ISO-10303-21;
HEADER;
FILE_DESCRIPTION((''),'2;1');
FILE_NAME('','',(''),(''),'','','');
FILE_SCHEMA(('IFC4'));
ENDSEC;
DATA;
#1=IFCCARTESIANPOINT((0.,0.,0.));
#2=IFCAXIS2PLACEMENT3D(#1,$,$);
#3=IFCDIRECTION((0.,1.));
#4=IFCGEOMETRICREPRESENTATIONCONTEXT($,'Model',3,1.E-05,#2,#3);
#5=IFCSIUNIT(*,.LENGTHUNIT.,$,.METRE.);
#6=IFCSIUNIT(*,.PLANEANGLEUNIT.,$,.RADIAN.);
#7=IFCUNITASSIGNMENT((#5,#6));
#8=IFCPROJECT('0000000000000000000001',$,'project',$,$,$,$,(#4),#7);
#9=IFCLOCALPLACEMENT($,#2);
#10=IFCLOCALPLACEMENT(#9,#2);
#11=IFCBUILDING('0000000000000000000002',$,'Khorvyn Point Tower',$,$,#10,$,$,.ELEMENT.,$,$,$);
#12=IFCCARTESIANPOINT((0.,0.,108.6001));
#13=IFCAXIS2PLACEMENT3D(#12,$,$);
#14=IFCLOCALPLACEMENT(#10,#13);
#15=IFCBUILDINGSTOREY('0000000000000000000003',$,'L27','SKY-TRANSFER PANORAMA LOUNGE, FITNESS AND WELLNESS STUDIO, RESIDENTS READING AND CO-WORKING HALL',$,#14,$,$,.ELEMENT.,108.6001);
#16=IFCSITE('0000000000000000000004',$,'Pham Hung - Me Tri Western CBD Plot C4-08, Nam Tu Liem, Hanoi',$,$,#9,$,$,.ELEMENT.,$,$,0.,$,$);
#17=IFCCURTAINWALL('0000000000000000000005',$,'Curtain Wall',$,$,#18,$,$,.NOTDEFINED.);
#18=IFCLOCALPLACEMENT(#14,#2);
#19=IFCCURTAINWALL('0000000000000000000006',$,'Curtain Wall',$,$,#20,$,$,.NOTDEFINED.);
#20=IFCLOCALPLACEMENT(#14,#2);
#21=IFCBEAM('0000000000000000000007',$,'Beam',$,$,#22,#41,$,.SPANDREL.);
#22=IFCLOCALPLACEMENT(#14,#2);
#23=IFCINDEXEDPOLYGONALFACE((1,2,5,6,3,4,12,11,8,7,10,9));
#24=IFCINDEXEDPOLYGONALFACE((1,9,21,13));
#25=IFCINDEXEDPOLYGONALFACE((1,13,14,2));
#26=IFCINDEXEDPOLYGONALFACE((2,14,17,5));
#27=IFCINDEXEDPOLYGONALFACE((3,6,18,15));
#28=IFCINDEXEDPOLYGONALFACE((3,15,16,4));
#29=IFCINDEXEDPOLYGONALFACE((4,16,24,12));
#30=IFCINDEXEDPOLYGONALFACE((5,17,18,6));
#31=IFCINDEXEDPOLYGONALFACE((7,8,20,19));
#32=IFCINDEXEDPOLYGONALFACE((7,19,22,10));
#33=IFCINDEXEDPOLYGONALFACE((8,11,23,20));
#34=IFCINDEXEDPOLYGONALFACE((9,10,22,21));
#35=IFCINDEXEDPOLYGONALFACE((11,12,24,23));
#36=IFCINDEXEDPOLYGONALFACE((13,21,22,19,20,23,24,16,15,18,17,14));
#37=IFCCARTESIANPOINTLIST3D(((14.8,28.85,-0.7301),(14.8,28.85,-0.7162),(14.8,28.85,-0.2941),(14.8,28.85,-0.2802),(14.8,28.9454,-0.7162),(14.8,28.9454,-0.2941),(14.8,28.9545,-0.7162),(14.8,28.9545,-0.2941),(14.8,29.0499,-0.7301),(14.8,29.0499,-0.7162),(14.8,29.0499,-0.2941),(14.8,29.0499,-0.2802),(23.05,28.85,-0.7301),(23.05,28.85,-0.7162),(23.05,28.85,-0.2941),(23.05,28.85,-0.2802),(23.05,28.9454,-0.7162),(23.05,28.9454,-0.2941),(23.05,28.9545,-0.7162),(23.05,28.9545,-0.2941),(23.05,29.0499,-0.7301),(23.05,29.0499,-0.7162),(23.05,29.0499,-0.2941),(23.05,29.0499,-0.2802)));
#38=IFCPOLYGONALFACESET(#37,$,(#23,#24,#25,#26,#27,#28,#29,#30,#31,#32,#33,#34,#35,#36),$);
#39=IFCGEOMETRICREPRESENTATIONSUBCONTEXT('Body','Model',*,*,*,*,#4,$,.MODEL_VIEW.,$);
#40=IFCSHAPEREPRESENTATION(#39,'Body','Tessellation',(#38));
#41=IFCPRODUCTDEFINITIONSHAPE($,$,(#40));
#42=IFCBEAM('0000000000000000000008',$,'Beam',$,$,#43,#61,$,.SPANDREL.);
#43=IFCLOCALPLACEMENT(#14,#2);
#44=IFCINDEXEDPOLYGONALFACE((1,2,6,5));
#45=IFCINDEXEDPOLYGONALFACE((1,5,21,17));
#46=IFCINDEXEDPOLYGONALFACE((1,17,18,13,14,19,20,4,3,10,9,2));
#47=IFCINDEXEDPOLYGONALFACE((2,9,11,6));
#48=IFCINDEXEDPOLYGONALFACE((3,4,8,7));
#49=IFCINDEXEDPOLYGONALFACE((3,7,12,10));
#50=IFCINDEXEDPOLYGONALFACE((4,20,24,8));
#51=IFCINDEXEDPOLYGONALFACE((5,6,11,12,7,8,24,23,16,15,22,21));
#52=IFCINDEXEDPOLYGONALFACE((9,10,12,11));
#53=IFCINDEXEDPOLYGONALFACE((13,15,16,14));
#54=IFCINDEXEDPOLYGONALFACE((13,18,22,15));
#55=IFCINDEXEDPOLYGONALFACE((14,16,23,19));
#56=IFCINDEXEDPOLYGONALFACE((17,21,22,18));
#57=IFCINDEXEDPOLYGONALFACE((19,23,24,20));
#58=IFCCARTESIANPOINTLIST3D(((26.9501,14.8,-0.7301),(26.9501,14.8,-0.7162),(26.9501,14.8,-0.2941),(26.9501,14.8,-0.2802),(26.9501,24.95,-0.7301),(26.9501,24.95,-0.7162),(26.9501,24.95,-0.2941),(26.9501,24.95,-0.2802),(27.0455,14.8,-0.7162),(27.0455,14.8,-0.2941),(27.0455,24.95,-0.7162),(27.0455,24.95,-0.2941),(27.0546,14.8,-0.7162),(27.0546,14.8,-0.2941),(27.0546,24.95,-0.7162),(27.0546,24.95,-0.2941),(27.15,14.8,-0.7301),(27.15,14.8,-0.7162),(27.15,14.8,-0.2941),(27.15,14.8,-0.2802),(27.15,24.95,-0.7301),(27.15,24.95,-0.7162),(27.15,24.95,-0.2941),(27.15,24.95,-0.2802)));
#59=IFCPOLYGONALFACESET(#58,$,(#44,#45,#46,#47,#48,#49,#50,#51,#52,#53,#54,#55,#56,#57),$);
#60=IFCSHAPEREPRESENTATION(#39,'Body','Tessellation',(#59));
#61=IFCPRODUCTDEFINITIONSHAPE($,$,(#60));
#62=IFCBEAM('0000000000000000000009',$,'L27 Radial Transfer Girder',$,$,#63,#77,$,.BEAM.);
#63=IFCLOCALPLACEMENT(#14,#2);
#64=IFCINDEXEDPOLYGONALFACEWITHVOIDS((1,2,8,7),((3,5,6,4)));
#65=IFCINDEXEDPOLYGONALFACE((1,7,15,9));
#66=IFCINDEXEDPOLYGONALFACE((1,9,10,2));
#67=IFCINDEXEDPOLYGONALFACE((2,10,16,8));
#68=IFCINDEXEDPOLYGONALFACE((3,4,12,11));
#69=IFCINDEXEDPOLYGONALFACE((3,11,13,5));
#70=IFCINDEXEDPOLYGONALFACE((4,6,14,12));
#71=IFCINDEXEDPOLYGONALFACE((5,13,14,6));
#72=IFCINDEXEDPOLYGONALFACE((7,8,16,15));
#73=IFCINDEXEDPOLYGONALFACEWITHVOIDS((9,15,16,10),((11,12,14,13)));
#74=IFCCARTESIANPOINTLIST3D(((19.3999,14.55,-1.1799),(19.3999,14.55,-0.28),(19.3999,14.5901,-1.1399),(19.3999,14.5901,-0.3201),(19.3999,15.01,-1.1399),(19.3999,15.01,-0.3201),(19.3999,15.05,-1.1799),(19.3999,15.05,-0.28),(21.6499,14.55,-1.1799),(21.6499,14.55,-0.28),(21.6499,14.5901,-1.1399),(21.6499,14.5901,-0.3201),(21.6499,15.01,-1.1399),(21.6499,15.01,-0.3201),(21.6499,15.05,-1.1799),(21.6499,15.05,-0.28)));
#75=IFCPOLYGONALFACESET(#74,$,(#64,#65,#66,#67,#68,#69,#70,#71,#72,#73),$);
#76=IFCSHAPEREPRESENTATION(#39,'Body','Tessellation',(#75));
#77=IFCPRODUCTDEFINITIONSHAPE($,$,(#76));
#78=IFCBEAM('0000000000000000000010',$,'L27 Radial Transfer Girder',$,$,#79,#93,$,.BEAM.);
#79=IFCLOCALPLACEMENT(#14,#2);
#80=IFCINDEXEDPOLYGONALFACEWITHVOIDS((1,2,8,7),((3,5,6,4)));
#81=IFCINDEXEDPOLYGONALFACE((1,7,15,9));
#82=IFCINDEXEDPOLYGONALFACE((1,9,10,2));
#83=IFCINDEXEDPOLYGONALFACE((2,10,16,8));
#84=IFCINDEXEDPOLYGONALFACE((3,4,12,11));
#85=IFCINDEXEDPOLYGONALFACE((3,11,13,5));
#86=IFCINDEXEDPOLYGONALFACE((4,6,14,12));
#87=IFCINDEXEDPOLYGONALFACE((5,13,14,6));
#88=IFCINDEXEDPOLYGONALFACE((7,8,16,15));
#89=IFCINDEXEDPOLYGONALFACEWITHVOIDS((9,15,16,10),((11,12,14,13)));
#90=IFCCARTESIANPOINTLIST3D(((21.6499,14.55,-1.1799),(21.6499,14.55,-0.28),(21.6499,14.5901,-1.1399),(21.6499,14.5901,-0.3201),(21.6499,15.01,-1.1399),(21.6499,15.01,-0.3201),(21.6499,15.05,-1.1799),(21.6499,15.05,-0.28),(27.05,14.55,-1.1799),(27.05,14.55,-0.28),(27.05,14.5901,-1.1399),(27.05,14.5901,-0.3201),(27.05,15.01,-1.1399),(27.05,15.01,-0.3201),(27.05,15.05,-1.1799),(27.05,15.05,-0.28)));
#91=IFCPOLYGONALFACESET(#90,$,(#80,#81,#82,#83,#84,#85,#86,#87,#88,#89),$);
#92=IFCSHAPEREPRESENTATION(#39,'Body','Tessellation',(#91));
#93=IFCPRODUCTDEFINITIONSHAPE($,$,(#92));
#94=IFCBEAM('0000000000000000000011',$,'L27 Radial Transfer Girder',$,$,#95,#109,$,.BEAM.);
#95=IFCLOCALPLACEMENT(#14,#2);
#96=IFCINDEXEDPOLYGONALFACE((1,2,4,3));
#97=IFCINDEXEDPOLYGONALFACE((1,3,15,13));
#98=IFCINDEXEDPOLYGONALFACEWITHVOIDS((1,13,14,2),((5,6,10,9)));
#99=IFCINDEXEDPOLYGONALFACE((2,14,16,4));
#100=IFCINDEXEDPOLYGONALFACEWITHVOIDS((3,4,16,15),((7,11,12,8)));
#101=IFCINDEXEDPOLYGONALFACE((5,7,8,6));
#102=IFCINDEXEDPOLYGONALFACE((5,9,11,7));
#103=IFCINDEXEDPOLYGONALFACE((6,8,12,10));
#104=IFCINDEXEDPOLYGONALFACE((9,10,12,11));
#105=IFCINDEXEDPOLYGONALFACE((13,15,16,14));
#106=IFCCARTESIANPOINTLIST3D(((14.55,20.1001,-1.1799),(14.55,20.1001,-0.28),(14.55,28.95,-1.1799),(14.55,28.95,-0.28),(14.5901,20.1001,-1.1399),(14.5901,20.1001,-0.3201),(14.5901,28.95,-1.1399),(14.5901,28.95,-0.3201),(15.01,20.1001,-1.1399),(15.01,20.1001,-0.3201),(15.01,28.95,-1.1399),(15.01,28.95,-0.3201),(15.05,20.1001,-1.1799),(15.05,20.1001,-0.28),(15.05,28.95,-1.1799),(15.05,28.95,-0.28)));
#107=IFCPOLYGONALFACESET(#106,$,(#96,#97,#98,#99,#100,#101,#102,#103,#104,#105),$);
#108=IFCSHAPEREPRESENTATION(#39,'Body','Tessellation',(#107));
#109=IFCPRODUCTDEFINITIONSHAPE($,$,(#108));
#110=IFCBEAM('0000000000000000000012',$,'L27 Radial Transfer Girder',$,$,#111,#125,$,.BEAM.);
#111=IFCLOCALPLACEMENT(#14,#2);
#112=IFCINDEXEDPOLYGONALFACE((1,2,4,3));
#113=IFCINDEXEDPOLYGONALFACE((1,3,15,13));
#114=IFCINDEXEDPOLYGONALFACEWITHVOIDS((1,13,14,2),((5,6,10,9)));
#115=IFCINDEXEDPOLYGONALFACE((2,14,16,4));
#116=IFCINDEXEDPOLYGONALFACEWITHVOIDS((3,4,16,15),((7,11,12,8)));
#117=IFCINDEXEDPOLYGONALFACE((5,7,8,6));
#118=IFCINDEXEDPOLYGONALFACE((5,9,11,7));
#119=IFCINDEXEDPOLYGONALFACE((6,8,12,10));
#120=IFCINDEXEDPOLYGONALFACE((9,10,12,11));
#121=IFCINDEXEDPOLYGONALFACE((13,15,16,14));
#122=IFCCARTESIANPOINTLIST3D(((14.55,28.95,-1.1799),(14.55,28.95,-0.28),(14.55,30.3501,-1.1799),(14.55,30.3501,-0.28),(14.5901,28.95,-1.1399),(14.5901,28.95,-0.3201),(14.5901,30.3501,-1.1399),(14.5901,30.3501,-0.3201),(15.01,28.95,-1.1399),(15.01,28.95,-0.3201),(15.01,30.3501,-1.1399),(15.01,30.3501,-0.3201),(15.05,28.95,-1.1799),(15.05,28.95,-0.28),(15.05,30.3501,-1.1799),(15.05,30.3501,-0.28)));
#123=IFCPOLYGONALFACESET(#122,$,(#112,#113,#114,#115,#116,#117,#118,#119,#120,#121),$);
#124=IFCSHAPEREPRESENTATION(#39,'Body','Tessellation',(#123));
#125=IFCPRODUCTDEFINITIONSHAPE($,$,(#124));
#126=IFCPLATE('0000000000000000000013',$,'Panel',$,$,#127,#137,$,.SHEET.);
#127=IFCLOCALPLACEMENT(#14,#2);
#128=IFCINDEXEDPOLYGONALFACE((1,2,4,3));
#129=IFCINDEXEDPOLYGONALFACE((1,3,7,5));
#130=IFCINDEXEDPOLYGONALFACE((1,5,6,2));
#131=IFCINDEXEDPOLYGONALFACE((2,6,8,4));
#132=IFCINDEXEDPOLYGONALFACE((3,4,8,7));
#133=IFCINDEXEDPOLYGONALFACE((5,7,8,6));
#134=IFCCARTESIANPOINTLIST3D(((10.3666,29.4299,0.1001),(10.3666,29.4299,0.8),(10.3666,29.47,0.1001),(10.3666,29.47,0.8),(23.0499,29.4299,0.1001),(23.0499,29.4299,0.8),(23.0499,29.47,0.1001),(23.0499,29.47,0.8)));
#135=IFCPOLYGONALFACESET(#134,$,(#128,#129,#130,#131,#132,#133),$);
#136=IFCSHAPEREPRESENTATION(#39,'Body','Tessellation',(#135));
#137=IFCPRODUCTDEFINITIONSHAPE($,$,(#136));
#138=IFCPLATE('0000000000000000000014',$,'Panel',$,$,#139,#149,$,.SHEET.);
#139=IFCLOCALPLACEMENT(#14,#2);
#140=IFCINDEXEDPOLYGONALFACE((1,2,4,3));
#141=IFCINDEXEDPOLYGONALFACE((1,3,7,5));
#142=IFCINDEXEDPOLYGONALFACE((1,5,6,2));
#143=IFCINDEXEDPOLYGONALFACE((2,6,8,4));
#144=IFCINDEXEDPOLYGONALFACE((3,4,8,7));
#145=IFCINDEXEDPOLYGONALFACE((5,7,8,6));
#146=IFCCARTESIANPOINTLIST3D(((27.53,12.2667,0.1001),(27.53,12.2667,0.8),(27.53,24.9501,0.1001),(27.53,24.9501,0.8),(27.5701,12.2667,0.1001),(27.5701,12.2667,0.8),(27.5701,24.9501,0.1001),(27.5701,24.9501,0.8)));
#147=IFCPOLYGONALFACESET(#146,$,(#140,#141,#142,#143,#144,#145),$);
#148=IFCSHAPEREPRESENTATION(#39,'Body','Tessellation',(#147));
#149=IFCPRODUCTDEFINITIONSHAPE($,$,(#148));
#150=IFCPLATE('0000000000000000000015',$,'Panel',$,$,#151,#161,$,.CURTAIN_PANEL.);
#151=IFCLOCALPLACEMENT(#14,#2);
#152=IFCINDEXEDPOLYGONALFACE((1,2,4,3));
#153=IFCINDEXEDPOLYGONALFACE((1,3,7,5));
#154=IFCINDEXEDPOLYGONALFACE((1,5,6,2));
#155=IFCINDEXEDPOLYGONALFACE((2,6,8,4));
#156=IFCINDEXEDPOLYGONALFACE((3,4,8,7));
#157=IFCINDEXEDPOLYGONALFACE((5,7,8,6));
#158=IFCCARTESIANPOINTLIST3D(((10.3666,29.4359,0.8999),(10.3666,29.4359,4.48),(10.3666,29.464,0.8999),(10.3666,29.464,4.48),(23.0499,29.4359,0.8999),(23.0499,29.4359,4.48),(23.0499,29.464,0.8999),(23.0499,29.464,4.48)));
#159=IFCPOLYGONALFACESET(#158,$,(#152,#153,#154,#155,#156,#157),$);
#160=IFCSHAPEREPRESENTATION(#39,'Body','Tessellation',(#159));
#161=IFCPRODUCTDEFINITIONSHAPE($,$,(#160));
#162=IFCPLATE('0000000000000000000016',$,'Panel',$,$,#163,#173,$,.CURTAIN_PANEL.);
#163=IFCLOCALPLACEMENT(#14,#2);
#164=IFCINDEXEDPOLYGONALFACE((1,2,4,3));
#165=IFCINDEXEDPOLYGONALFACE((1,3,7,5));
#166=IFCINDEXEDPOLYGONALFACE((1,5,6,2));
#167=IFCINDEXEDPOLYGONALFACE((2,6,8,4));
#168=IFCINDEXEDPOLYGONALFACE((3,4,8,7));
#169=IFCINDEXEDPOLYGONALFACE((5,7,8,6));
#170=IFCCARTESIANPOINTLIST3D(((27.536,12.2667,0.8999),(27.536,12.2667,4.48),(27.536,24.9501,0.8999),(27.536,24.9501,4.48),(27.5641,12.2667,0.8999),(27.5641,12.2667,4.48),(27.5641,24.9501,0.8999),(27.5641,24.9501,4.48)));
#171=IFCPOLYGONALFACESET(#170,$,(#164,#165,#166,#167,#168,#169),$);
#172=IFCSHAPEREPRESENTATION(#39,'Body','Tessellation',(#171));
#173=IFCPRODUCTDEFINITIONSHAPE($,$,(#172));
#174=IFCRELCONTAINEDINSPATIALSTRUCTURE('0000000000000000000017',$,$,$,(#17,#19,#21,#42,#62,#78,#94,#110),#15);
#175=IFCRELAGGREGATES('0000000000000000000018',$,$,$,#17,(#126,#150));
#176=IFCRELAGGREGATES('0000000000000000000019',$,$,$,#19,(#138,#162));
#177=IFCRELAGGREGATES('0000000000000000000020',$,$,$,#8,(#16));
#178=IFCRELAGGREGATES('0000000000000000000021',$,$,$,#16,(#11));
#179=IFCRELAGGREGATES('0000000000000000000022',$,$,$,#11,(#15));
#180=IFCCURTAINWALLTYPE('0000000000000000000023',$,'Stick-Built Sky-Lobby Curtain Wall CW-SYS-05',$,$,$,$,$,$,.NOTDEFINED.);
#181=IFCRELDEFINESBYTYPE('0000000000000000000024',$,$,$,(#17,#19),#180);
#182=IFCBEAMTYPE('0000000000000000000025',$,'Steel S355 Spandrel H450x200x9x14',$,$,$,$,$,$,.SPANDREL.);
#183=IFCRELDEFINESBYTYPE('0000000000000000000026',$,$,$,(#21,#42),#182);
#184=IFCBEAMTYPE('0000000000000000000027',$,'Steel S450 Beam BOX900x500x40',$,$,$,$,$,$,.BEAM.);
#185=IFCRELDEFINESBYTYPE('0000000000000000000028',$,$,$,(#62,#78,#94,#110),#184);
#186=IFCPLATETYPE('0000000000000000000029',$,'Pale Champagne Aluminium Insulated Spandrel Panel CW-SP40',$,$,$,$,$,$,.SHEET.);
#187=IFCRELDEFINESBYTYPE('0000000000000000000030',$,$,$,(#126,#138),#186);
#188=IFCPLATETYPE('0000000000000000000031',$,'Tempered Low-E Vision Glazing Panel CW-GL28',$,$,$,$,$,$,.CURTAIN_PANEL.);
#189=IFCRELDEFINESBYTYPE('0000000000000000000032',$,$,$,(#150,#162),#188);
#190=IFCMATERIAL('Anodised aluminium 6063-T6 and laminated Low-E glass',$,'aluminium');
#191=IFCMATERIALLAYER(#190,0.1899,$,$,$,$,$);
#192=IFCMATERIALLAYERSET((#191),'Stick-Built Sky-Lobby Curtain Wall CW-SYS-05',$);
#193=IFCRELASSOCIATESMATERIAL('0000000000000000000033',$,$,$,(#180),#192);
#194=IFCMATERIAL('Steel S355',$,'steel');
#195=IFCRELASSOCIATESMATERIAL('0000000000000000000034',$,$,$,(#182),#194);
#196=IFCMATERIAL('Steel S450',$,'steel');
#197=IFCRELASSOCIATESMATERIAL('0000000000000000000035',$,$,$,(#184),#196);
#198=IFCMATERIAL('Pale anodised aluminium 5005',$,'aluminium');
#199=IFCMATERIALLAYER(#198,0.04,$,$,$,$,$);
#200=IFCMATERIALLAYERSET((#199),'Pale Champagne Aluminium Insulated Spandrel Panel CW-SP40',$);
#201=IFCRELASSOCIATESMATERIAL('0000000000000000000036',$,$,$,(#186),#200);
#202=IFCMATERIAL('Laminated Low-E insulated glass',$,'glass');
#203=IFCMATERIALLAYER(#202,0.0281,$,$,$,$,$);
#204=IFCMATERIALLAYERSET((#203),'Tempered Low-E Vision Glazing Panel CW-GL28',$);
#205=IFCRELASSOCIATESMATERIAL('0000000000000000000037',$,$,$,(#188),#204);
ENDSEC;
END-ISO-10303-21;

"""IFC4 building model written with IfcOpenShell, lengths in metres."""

from ifc_helpers import new_model, si_unit, direction, frame, origin, origin_2d, place, context, subcontext, project, spatial, rectangle, hollow_rectangle, i_section, extrude, material, layer, layer_set, material_profile, profile_set, type_object, element, aggregate, save


model = new_model("IFC4")

# Units and contexts
model_context = context("Model", 3, precision=1e-05, world=origin(), true_north=direction((0.0, 1.0)))
body_context = subcontext(model_context, "Body", "Model", "MODEL_VIEW")
ifc_project = project(units=[si_unit("LENGTHUNIT", "METRE"), si_unit("PLANEANGLEUNIT", "RADIAN")], contexts=[model_context])

# Site, building, storey
site_placement = place(None, origin())
site = spatial("IfcSite", under=ifc_project, at=site_placement, Name="Pham Hung - Me Tri Western CBD Plot C4-08, Nam Tu Liem, Hanoi", CompositionType="ELEMENT", RefElevation=0.0)
building_placement = place(site_placement, origin())
building = spatial("IfcBuilding", under=site, at=building_placement, Name="Khorvyn Point Tower", CompositionType="ELEMENT")
storey_placement = place(building_placement, frame((0.0, 0.0, 108.6001)))
storey = spatial("IfcBuildingStorey", under=building, at=storey_placement, Name="L27", Description="SKY-TRANSFER PANORAMA LOUNGE, FITNESS AND WELLNESS STUDIO, RESIDENTS READING AND CO-WORKING HALL", CompositionType="ELEMENT", Elevation=108.6001)

# Shared definitions
ifc_material_1 = material(Name="Steel S450", Category="steel")

# Curtain wall
ifc_material_2 = material(Name="Anodised aluminium 6063-T6 and laminated Low-E glass", Category="aluminium")
ifc_layer_1 = layer(ifc_material_2, 0.1899)
ifc_layer_set_1 = layer_set([ifc_layer_1], Name="Stick-Built Sky-Lobby Curtain Wall CW-SYS-05")
curtain_wall_type = type_object("IfcCurtainWallType", Name="Stick-Built Sky-Lobby Curtain Wall CW-SYS-05", PredefinedType="NOTDEFINED", material=ifc_layer_set_1)
curtain_wall_1_placement = place(storey_placement, origin())
curtain_wall_1 = element("IfcCurtainWall", 1, at=curtain_wall_1_placement, inside=storey, type_object=curtain_wall_type, Name="Curtain Wall", PredefinedType="NOTDEFINED")

# Curtain wall
curtain_wall_2_placement = place(storey_placement, origin())
curtain_wall_2 = element("IfcCurtainWall", 2, at=curtain_wall_2_placement, inside=storey, type_object=curtain_wall_type, Name="Curtain Wall", PredefinedType="NOTDEFINED")

# Beams
ifc_material_3 = material(Name="Steel S355", Category="steel")
ifc_material_profile_1 = material_profile(ifc_material_3, i_section(OverallWidth=0.2, OverallDepth=0.45, WebThickness=0.009, FlangeThickness=0.0139, at=origin_2d()))
ifc_profile_set_1 = profile_set([ifc_material_profile_1], Name="Steel S355 H450x200x9x14")
beam_type_1 = type_object("IfcBeamType", Name="Steel S355 Spandrel H450x200x9x14", PredefinedType="SPANDREL", material=ifc_profile_set_1)
beam_1_placement = place(storey_placement, frame((14.8, 28.95, -0.5051), z_axis=(1.0, 0.0, 0.0), x_axis=(0.0, 1.0, 0.0)))
element("IfcBeam", 3, at=beam_1_placement, inside=storey, type_object=beam_type_1, Name="Beam", PredefinedType="SPANDREL", context=body_context, shape_type="SweptSolid", body=[
    extrude(i_section(OverallWidth=0.2, OverallDepth=0.45, WebThickness=0.009, FlangeThickness=0.0139, at=origin_2d()), origin(), (0.0, 0.0, 1.0), 8.25),
])
beam_2_placement = place(storey_placement, frame((27.05, 14.8, -0.5051), z_axis=(0.0, 1.0, 0.0), x_axis=(-1.0, 0.0, 0.0)))
element("IfcBeam", 4, at=beam_2_placement, inside=storey, type_object=beam_type_1, Name="Beam", PredefinedType="SPANDREL", context=body_context, shape_type="SweptSolid", body=[
    extrude(i_section(OverallWidth=0.2, OverallDepth=0.45, WebThickness=0.009, FlangeThickness=0.0139, at=origin_2d()), origin(), (0.0, 0.0, 1.0), 10.1499),
])
ifc_material_profile_2 = material_profile(ifc_material_1, hollow_rectangle(XDim=0.5, YDim=0.8999, WallThickness=0.04, at=origin_2d()))
ifc_profile_set_2 = profile_set([ifc_material_profile_2], Name="Steel S450 BOX900x500x40")
beam_type_2 = type_object("IfcBeamType", Name="Steel S450 Beam BOX900x500x40", PredefinedType="BEAM", material=ifc_profile_set_2)
beam_3_placement = place(storey_placement, frame((19.3999, 14.8, -0.73), z_axis=(1.0, 0.0, 0.0), x_axis=(0.0, 1.0, 0.0)))
element("IfcBeam", 5, at=beam_3_placement, inside=storey, type_object=beam_type_2, Name="L27 Radial Transfer Girder", PredefinedType="BEAM", context=body_context, shape_type="SweptSolid", body=[
    extrude(hollow_rectangle(XDim=0.5, YDim=0.8999, WallThickness=0.04, at=origin_2d()), origin(), (0.0, 0.0, 1.0), 2.25),
])
beam_4_placement = place(storey_placement, frame((21.6499, 14.8, -0.73), z_axis=(1.0, 0.0, 0.0), x_axis=(0.0, 1.0, 0.0)))
element("IfcBeam", 6, at=beam_4_placement, inside=storey, type_object=beam_type_2, Name="L27 Radial Transfer Girder", PredefinedType="BEAM", context=body_context, shape_type="SweptSolid", body=[
    extrude(hollow_rectangle(XDim=0.5, YDim=0.8999, WallThickness=0.04, at=origin_2d()), origin(), (0.0, 0.0, 1.0), 5.4001),
])
beam_5_placement = place(storey_placement, frame((14.8, 20.1001, -0.73), z_axis=(0.0, 1.0, 0.0), x_axis=(-1.0, 0.0, 0.0)))
element("IfcBeam", 7, at=beam_5_placement, inside=storey, type_object=beam_type_2, Name="L27 Radial Transfer Girder", PredefinedType="BEAM", context=body_context, shape_type="SweptSolid", body=[
    extrude(hollow_rectangle(XDim=0.5, YDim=0.8999, WallThickness=0.04, at=origin_2d()), origin(), (0.0, 0.0, 1.0), 8.8499),
])
beam_6_placement = place(storey_placement, frame((14.8, 28.95, -0.73), z_axis=(0.0, 1.0, 0.0), x_axis=(-1.0, 0.0, 0.0)))
element("IfcBeam", 8, at=beam_6_placement, inside=storey, type_object=beam_type_2, Name="L27 Radial Transfer Girder", PredefinedType="BEAM", context=body_context, shape_type="SweptSolid", body=[
    extrude(hollow_rectangle(XDim=0.5, YDim=0.8999, WallThickness=0.04, at=origin_2d()), origin(), (0.0, 0.0, 1.0), 1.4001),
])

# Plates
ifc_material_4 = material(Name="Pale anodised aluminium 5005", Category="aluminium")
ifc_layer_2 = layer(ifc_material_4, 0.04)
ifc_layer_set_2 = layer_set([ifc_layer_2], Name="Pale Champagne Aluminium Insulated Spandrel Panel CW-SP40")
plate_type_1 = type_object("IfcPlateType", Name="Pale Champagne Aluminium Insulated Spandrel Panel CW-SP40", PredefinedType="SHEET", material=ifc_layer_set_2)
plate_1_placement = place(storey_placement, frame((16.7083, 29.45, 0.1001), z_axis=(0.0, 0.0, 1.0), x_axis=(1.0, 0.0, 0.0)))
plate_1 = element("IfcPlate", 9, at=plate_1_placement, type_object=plate_type_1, Name="Panel", PredefinedType="SHEET", context=body_context, shape_type="SweptSolid", body=[
    extrude(rectangle(XDim=12.6833, YDim=0.04, at=origin_2d()), origin(), (0.0, 0.0, 1.0), 0.7),
])
plate_2_placement = place(storey_placement, frame((27.55, 18.6084, 0.1001), z_axis=(0.0, 0.0, 1.0), x_axis=(0.0, -1.0, 0.0)))
plate_2 = element("IfcPlate", 10, at=plate_2_placement, type_object=plate_type_1, Name="Panel", PredefinedType="SHEET", context=body_context, shape_type="SweptSolid", body=[
    extrude(rectangle(XDim=12.6833, YDim=0.04, at=origin_2d()), origin(), (0.0, 0.0, 1.0), 0.7),
])
ifc_material_5 = material(Name="Laminated Low-E insulated glass", Category="glass")
ifc_layer_3 = layer(ifc_material_5, 0.0281)
ifc_layer_set_3 = layer_set([ifc_layer_3], Name="Tempered Low-E Vision Glazing Panel CW-GL28")
plate_type_2 = type_object("IfcPlateType", Name="Tempered Low-E Vision Glazing Panel CW-GL28", PredefinedType="CURTAIN_PANEL", material=ifc_layer_set_3)
plate_3_placement = place(storey_placement, frame((16.7083, 29.45, 0.8999), z_axis=(0.0, 0.0, 1.0), x_axis=(1.0, 0.0, 0.0)))
plate_3 = element("IfcPlate", 11, at=plate_3_placement, type_object=plate_type_2, Name="Panel", PredefinedType="CURTAIN_PANEL", context=body_context, shape_type="SweptSolid", body=[
    extrude(rectangle(XDim=12.6833, YDim=0.0281, at=origin_2d()), origin(), (0.0, 0.0, 1.0), 3.5801),
])
aggregate(curtain_wall_1, [plate_1, plate_3])
plate_4_placement = place(storey_placement, frame((27.55, 18.6084, 0.8999), z_axis=(0.0, 0.0, 1.0), x_axis=(0.0, -1.0, 0.0)))
plate_4 = element("IfcPlate", 12, at=plate_4_placement, type_object=plate_type_2, Name="Panel", PredefinedType="CURTAIN_PANEL", context=body_context, shape_type="SweptSolid", body=[
    extrude(rectangle(XDim=12.6833, YDim=0.0281, at=origin_2d()), origin(), (0.0, 0.0, 1.0), 3.5801),
])
aggregate(curtain_wall_2, [plate_2, plate_4])

save(model, "model.ifc")
